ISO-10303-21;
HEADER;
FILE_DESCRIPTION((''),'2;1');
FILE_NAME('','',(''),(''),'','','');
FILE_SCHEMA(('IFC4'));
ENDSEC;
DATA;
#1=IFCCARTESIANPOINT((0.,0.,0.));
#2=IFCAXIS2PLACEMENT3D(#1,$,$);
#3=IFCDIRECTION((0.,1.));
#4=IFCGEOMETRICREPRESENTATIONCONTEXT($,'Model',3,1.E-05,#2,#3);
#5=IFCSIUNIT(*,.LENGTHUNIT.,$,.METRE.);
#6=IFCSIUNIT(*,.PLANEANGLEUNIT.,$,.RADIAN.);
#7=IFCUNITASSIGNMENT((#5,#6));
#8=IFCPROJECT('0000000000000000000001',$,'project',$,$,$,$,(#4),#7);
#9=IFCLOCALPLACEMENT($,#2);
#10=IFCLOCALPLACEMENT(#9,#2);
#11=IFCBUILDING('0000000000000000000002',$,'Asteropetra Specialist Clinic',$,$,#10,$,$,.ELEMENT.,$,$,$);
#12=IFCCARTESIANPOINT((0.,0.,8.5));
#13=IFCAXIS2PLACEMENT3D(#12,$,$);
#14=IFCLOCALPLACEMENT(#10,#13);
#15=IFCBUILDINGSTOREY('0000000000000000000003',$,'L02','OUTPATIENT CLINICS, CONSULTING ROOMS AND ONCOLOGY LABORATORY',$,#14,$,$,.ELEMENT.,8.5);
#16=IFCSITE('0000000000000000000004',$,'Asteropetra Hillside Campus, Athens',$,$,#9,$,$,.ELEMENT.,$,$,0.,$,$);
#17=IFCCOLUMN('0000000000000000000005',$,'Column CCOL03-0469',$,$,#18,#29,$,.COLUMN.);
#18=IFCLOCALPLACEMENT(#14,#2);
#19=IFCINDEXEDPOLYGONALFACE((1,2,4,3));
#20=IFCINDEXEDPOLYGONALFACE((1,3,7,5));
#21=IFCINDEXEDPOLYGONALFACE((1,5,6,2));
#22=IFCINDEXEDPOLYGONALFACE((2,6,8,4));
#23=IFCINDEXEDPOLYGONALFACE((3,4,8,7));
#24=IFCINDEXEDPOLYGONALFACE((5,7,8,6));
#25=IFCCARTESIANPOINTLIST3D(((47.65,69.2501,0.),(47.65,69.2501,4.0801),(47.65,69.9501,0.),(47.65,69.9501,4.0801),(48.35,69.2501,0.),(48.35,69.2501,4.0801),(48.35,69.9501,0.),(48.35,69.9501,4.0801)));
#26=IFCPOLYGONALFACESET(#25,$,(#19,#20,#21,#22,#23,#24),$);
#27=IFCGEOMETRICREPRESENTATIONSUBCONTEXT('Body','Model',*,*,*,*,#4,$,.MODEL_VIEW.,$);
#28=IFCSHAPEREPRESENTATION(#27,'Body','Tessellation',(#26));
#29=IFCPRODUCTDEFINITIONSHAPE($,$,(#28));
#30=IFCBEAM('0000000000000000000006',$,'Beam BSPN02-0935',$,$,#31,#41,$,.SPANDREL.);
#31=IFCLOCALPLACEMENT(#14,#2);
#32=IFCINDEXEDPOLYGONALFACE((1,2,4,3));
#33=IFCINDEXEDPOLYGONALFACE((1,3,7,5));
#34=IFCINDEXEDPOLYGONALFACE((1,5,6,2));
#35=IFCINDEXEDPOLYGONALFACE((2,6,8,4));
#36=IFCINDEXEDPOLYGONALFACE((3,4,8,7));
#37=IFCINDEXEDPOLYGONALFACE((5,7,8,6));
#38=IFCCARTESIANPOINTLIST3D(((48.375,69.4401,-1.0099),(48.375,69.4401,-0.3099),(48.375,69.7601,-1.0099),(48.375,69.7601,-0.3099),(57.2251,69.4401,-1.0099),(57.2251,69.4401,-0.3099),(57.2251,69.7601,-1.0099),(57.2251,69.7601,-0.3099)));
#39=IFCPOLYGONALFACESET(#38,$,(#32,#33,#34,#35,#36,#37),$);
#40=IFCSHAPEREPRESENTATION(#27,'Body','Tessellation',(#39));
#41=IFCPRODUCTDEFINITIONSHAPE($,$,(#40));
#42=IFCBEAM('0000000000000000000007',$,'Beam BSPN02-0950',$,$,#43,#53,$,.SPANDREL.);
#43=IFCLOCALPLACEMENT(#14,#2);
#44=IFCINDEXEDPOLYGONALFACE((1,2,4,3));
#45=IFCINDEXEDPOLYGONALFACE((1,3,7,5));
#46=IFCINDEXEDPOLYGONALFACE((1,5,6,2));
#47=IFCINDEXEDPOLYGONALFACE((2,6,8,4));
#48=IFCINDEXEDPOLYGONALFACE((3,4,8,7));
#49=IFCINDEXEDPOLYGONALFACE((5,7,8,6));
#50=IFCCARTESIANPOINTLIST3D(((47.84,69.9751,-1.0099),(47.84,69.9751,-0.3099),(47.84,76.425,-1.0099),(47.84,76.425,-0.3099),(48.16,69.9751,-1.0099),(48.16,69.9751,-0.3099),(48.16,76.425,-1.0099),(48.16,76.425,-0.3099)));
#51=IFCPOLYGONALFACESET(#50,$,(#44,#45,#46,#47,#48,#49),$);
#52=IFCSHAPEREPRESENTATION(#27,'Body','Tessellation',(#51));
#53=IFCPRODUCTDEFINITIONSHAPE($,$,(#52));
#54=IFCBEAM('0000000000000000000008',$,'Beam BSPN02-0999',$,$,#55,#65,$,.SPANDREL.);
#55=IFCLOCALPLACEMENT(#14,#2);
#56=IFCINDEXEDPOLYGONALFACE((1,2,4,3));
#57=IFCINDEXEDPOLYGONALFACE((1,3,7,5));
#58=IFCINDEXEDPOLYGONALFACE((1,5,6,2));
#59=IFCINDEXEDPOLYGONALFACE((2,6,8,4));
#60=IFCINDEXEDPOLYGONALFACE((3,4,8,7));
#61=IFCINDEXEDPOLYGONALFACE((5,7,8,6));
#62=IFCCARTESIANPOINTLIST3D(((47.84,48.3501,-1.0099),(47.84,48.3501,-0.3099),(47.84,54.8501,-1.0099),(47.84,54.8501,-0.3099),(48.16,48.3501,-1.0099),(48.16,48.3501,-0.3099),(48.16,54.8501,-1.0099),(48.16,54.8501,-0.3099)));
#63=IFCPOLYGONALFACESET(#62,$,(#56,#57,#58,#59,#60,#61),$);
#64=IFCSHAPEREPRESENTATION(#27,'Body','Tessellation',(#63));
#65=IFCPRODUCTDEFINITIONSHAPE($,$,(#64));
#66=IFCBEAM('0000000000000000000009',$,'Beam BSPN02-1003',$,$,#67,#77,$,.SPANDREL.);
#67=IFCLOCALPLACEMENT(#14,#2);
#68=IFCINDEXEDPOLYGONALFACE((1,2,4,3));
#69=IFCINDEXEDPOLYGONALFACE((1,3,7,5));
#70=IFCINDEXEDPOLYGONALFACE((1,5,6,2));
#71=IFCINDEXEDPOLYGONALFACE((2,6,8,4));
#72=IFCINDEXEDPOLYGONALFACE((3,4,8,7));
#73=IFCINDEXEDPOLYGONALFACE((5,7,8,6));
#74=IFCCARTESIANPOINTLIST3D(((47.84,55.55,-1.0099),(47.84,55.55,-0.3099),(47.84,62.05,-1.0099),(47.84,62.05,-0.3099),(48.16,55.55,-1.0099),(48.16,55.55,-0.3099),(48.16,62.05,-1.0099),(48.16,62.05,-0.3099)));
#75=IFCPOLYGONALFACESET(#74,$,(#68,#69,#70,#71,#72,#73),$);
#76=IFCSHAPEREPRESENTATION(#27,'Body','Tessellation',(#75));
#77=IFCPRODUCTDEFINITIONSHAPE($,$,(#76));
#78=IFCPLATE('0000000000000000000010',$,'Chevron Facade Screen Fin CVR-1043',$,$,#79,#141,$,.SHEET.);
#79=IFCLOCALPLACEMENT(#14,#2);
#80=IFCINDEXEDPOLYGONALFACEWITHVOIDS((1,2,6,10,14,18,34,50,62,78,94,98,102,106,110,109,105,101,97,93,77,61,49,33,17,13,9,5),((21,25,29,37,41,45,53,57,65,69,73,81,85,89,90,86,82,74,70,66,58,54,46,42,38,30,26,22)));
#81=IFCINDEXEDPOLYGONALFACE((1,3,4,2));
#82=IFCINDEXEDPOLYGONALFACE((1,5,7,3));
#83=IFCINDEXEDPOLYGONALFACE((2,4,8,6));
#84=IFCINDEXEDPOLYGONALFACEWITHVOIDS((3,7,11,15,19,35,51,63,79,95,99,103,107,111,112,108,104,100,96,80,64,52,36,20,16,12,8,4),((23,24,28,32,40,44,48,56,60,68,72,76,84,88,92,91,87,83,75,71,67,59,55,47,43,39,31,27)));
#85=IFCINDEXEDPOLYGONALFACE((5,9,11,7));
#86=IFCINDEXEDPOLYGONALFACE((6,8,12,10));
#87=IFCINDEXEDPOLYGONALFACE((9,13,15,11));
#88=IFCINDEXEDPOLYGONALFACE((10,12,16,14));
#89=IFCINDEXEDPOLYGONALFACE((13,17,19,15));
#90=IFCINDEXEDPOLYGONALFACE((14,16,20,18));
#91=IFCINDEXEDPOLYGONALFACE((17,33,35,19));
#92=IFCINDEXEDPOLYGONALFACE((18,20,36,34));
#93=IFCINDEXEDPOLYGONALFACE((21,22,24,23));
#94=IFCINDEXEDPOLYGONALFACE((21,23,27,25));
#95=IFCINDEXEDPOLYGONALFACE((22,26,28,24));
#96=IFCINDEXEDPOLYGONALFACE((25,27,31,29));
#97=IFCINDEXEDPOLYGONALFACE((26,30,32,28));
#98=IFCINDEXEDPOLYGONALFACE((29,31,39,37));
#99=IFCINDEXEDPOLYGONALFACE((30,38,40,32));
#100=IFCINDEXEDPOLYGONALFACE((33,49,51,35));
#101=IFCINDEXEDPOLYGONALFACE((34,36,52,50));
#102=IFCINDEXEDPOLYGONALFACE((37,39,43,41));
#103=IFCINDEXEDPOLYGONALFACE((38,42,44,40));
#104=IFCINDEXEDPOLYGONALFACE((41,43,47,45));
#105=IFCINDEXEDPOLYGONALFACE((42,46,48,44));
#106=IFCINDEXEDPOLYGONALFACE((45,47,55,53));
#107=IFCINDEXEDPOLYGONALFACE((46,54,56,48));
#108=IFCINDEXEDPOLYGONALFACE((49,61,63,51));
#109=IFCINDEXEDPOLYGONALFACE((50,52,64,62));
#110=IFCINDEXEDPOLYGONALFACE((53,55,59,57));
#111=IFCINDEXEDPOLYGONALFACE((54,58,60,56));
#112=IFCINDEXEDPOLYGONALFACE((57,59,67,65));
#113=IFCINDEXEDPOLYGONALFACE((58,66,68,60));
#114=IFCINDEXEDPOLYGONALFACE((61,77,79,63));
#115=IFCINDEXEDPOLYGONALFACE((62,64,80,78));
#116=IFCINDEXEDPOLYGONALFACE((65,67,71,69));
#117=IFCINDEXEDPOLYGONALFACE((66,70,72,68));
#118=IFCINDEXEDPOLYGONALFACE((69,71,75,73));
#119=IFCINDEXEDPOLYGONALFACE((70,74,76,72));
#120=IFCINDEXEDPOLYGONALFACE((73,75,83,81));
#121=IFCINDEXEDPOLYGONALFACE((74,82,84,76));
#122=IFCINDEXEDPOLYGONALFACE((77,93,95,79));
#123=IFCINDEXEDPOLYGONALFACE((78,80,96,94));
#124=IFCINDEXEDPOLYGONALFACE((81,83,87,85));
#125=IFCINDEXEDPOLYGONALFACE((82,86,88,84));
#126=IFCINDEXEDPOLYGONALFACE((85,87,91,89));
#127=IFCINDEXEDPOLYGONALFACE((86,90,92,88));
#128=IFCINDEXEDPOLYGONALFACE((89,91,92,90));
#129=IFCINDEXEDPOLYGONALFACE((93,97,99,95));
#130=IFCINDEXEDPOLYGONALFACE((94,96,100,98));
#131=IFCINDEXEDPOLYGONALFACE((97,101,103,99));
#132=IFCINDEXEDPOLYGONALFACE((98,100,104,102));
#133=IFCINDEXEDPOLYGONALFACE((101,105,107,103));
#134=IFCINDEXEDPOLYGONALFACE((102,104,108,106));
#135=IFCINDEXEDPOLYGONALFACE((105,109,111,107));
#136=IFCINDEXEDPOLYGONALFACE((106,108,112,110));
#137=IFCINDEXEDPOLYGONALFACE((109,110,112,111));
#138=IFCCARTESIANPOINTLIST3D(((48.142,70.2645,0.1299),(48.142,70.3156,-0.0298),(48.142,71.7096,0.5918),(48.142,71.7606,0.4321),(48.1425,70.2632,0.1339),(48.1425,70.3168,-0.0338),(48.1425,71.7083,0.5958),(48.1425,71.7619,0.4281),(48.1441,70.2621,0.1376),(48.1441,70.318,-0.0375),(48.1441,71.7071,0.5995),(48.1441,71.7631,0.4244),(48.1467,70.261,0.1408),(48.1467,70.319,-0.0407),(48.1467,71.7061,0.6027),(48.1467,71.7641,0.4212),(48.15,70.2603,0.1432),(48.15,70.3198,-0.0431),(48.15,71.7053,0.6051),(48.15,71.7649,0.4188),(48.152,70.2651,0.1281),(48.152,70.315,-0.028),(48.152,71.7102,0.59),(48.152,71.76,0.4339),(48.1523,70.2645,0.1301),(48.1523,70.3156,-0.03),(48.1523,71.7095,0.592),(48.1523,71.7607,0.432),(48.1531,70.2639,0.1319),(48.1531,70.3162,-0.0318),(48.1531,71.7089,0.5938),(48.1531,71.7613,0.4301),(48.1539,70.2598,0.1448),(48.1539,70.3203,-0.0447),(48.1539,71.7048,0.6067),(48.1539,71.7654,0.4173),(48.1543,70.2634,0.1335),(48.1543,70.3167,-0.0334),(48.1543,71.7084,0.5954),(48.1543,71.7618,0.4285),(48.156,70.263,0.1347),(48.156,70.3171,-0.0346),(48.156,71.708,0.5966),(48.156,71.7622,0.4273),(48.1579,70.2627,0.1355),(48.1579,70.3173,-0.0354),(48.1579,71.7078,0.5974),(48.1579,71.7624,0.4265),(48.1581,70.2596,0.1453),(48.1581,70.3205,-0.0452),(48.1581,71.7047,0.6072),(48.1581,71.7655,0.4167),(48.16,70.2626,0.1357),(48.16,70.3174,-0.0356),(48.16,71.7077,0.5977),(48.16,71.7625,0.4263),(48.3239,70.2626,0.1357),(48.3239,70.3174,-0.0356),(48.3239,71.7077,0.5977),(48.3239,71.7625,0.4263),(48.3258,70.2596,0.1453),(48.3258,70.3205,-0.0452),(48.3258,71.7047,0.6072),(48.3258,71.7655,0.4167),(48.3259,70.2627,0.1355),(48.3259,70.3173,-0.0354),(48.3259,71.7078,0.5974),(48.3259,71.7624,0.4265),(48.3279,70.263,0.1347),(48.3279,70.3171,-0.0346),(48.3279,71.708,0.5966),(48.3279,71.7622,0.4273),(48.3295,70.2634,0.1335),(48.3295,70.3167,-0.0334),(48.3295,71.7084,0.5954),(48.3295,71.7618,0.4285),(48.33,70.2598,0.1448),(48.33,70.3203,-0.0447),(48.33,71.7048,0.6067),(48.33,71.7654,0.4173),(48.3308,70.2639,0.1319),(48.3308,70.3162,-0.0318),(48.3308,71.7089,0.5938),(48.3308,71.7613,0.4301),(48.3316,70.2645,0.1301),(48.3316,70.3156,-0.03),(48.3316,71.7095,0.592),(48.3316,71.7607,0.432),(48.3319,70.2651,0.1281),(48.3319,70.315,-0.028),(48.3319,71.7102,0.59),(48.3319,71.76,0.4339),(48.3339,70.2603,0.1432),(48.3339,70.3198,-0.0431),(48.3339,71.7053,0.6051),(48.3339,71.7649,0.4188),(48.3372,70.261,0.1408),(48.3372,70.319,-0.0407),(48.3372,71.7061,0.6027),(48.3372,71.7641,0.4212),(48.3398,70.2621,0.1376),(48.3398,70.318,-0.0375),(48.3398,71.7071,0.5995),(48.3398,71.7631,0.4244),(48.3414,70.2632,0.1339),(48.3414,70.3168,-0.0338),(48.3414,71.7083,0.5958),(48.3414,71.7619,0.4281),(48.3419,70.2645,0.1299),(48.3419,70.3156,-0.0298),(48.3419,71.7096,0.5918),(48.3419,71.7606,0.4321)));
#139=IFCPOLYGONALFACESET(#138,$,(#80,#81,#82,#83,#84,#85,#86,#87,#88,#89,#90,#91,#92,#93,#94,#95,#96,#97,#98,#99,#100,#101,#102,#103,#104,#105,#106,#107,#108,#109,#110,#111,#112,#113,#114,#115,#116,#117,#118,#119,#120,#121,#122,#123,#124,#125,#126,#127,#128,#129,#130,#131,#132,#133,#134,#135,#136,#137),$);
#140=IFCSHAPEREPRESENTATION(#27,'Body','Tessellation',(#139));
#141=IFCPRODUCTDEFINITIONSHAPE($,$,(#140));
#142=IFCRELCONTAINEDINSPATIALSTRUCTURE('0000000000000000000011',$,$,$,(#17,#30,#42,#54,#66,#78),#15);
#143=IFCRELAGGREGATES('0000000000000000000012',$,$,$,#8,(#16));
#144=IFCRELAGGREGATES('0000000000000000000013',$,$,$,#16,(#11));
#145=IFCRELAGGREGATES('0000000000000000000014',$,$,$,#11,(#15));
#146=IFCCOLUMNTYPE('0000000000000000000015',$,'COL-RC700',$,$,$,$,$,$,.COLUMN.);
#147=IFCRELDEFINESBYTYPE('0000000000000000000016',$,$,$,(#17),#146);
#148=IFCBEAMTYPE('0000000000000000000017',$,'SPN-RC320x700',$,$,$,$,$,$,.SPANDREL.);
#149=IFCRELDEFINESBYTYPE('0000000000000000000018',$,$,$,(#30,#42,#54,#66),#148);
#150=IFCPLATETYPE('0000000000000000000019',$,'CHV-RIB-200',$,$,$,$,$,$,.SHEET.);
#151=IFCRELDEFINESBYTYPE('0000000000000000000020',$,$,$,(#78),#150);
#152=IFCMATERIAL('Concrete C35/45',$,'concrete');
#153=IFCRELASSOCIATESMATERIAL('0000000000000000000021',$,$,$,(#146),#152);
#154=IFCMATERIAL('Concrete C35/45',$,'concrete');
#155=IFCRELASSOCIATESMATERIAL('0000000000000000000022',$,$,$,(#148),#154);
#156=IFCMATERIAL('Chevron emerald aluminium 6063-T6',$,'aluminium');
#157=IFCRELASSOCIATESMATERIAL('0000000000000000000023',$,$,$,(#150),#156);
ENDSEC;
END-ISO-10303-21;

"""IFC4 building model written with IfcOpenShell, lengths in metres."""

from ifc_helpers import new_model, si_unit, direction, frame, origin, origin_2d, place, context, subcontext, project, spatial, rectangle, hollow_rectangle, extrude, material, material_profile, profile_set, type_object, element, save


model = new_model("IFC4")

# Units and contexts
model_context = context("Model", 3, precision=1e-05, world=origin(), true_north=direction((0.0, 1.0)))
body_context = subcontext(model_context, "Body", "Model", "MODEL_VIEW")
ifc_project = project(units=[si_unit("LENGTHUNIT", "METRE"), si_unit("PLANEANGLEUNIT", "RADIAN")], contexts=[model_context])

# Site, building, storey
site_placement = place(None, origin())
site = spatial("IfcSite", under=ifc_project, at=site_placement, Name="Asteropetra Hillside Campus, Athens", CompositionType="ELEMENT", RefElevation=0.0)
building_placement = place(site_placement, origin())
building = spatial("IfcBuilding", under=site, at=building_placement, Name="Asteropetra Specialist Clinic", CompositionType="ELEMENT")
storey_placement = place(building_placement, frame((0.0, 0.0, 8.5)))
storey = spatial("IfcBuildingStorey", under=building, at=storey_placement, Name="L02", Description="OUTPATIENT CLINICS, CONSULTING ROOMS AND ONCOLOGY LABORATORY", CompositionType="ELEMENT", Elevation=8.5)

# Column
ifc_material_1 = material(Name="Concrete C35/45", Category="concrete")
ifc_material_profile_1 = material_profile(ifc_material_1, rectangle(XDim=0.7, YDim=0.7, at=origin_2d()), Name="RC 700x700")
ifc_profile_set_1 = profile_set([ifc_material_profile_1], Name="Concrete C35/45")
column_type = type_object("IfcColumnType", Name="COL-RC700", PredefinedType="COLUMN", material=ifc_profile_set_1)
column_placement = place(storey_placement, frame((48.0, 69.6001, 0.0), z_axis=(0.0, 0.0, 1.0), x_axis=(1.0, 0.0, 0.0)))
element("IfcColumn", 1, at=column_placement, inside=storey, type_object=column_type, Name="Column CCOL03-0469", PredefinedType="COLUMN", context=body_context, shape_type="SweptSolid", body=[
    extrude(rectangle(XDim=0.7, YDim=0.7, at=origin_2d()), origin(), (0.0, 0.0, 1.0), 4.0801),
])

# Beams
ifc_material_2 = material(Name="Concrete C35/45", Category="concrete")
ifc_material_profile_2 = material_profile(ifc_material_2, rectangle(XDim=0.3201, YDim=0.7, at=origin_2d()), Name="RCS 320x700")
ifc_profile_set_2 = profile_set([ifc_material_profile_2], Name="Concrete C35/45")
beam_type = type_object("IfcBeamType", Name="SPN-RC320x700", PredefinedType="SPANDREL", material=ifc_profile_set_2)
beam_1_placement = place(storey_placement, frame((48.375, 69.6001, -0.6599), z_axis=(1.0, 0.0, 0.0), x_axis=(0.0, 1.0, 0.0)))
element("IfcBeam", 2, at=beam_1_placement, inside=storey, type_object=beam_type, Name="Beam BSPN02-0935", PredefinedType="SPANDREL", context=body_context, shape_type="SweptSolid", body=[
    extrude(rectangle(XDim=0.3201, YDim=0.7, at=origin_2d()), origin(), (0.0, 0.0, 1.0), 8.8501),
])
beam_2_placement = place(storey_placement, frame((48.0, 69.9751, -0.6599), z_axis=(0.0, 1.0, 0.0), x_axis=(-1.0, 0.0, 0.0)))
element("IfcBeam", 3, at=beam_2_placement, inside=storey, type_object=beam_type, Name="Beam BSPN02-0950", PredefinedType="SPANDREL", context=body_context, shape_type="SweptSolid", body=[
    extrude(rectangle(XDim=0.3201, YDim=0.7, at=origin_2d()), origin(), (0.0, 0.0, 1.0), 6.45),
])
for number, where, z_axis, x_axis, name in (
    (4, (48.0, 48.3501, -0.6599), (0.0, 1.0, 0.0), (-1.0, 0.0, 0.0), "Beam BSPN02-0999"),
    (5, (48.0, 55.55, -0.6599), (0.0, 1.0, 0.0), (-1.0, 0.0, 0.0), "Beam BSPN02-1003"),
):
    element("IfcBeam", number, at=place(storey_placement, frame(where, z_axis=z_axis, x_axis=x_axis)), inside=storey, type_object=beam_type, Name=name, PredefinedType="SPANDREL", context=body_context, shape_type="SweptSolid", body=[
        extrude(rectangle(XDim=0.3201, YDim=0.7, at=origin_2d()), origin(), (0.0, 0.0, 1.0), 6.5),
    ])

# Plate
ifc_material_3 = material(Name="Chevron emerald aluminium 6063-T6", Category="aluminium")
ifc_material_profile_3 = material_profile(ifc_material_3, hollow_rectangle(XDim=0.2, YDim=0.2, WallThickness=0.01, InnerFilletRadius=0.0081, OuterFilletRadius=0.0161, at=origin_2d()), Name="SHS 200x200x10.0")
ifc_profile_set_3 = profile_set([ifc_material_profile_3], Name="Chevron emerald aluminium 6063-T6")
plate_type_1 = type_object("IfcPlateType", Name="CHV-RIB-200", PredefinedType="SHEET", material=ifc_profile_set_3)
plate_1_placement = place(storey_placement, frame((48.2419, 70.29, 0.05), z_axis=(0.0, 0.952521, 0.304472), x_axis=(-1.0, 0.0, 0.0)))
element("IfcPlate", 6, at=plate_1_placement, inside=storey, type_object=plate_type_1, Name="Chevron Facade Screen Fin CVR-1043", PredefinedType="SHEET", context=body_context, shape_type="SweptSolid", body=[
    extrude(hollow_rectangle(XDim=0.2, YDim=0.2, WallThickness=0.01, InnerFilletRadius=0.0081, OuterFilletRadius=0.0161, at=origin_2d()), origin(), (0.0, 0.0, 1.0), 1.5171),
])

save(model, "model.ifc")
